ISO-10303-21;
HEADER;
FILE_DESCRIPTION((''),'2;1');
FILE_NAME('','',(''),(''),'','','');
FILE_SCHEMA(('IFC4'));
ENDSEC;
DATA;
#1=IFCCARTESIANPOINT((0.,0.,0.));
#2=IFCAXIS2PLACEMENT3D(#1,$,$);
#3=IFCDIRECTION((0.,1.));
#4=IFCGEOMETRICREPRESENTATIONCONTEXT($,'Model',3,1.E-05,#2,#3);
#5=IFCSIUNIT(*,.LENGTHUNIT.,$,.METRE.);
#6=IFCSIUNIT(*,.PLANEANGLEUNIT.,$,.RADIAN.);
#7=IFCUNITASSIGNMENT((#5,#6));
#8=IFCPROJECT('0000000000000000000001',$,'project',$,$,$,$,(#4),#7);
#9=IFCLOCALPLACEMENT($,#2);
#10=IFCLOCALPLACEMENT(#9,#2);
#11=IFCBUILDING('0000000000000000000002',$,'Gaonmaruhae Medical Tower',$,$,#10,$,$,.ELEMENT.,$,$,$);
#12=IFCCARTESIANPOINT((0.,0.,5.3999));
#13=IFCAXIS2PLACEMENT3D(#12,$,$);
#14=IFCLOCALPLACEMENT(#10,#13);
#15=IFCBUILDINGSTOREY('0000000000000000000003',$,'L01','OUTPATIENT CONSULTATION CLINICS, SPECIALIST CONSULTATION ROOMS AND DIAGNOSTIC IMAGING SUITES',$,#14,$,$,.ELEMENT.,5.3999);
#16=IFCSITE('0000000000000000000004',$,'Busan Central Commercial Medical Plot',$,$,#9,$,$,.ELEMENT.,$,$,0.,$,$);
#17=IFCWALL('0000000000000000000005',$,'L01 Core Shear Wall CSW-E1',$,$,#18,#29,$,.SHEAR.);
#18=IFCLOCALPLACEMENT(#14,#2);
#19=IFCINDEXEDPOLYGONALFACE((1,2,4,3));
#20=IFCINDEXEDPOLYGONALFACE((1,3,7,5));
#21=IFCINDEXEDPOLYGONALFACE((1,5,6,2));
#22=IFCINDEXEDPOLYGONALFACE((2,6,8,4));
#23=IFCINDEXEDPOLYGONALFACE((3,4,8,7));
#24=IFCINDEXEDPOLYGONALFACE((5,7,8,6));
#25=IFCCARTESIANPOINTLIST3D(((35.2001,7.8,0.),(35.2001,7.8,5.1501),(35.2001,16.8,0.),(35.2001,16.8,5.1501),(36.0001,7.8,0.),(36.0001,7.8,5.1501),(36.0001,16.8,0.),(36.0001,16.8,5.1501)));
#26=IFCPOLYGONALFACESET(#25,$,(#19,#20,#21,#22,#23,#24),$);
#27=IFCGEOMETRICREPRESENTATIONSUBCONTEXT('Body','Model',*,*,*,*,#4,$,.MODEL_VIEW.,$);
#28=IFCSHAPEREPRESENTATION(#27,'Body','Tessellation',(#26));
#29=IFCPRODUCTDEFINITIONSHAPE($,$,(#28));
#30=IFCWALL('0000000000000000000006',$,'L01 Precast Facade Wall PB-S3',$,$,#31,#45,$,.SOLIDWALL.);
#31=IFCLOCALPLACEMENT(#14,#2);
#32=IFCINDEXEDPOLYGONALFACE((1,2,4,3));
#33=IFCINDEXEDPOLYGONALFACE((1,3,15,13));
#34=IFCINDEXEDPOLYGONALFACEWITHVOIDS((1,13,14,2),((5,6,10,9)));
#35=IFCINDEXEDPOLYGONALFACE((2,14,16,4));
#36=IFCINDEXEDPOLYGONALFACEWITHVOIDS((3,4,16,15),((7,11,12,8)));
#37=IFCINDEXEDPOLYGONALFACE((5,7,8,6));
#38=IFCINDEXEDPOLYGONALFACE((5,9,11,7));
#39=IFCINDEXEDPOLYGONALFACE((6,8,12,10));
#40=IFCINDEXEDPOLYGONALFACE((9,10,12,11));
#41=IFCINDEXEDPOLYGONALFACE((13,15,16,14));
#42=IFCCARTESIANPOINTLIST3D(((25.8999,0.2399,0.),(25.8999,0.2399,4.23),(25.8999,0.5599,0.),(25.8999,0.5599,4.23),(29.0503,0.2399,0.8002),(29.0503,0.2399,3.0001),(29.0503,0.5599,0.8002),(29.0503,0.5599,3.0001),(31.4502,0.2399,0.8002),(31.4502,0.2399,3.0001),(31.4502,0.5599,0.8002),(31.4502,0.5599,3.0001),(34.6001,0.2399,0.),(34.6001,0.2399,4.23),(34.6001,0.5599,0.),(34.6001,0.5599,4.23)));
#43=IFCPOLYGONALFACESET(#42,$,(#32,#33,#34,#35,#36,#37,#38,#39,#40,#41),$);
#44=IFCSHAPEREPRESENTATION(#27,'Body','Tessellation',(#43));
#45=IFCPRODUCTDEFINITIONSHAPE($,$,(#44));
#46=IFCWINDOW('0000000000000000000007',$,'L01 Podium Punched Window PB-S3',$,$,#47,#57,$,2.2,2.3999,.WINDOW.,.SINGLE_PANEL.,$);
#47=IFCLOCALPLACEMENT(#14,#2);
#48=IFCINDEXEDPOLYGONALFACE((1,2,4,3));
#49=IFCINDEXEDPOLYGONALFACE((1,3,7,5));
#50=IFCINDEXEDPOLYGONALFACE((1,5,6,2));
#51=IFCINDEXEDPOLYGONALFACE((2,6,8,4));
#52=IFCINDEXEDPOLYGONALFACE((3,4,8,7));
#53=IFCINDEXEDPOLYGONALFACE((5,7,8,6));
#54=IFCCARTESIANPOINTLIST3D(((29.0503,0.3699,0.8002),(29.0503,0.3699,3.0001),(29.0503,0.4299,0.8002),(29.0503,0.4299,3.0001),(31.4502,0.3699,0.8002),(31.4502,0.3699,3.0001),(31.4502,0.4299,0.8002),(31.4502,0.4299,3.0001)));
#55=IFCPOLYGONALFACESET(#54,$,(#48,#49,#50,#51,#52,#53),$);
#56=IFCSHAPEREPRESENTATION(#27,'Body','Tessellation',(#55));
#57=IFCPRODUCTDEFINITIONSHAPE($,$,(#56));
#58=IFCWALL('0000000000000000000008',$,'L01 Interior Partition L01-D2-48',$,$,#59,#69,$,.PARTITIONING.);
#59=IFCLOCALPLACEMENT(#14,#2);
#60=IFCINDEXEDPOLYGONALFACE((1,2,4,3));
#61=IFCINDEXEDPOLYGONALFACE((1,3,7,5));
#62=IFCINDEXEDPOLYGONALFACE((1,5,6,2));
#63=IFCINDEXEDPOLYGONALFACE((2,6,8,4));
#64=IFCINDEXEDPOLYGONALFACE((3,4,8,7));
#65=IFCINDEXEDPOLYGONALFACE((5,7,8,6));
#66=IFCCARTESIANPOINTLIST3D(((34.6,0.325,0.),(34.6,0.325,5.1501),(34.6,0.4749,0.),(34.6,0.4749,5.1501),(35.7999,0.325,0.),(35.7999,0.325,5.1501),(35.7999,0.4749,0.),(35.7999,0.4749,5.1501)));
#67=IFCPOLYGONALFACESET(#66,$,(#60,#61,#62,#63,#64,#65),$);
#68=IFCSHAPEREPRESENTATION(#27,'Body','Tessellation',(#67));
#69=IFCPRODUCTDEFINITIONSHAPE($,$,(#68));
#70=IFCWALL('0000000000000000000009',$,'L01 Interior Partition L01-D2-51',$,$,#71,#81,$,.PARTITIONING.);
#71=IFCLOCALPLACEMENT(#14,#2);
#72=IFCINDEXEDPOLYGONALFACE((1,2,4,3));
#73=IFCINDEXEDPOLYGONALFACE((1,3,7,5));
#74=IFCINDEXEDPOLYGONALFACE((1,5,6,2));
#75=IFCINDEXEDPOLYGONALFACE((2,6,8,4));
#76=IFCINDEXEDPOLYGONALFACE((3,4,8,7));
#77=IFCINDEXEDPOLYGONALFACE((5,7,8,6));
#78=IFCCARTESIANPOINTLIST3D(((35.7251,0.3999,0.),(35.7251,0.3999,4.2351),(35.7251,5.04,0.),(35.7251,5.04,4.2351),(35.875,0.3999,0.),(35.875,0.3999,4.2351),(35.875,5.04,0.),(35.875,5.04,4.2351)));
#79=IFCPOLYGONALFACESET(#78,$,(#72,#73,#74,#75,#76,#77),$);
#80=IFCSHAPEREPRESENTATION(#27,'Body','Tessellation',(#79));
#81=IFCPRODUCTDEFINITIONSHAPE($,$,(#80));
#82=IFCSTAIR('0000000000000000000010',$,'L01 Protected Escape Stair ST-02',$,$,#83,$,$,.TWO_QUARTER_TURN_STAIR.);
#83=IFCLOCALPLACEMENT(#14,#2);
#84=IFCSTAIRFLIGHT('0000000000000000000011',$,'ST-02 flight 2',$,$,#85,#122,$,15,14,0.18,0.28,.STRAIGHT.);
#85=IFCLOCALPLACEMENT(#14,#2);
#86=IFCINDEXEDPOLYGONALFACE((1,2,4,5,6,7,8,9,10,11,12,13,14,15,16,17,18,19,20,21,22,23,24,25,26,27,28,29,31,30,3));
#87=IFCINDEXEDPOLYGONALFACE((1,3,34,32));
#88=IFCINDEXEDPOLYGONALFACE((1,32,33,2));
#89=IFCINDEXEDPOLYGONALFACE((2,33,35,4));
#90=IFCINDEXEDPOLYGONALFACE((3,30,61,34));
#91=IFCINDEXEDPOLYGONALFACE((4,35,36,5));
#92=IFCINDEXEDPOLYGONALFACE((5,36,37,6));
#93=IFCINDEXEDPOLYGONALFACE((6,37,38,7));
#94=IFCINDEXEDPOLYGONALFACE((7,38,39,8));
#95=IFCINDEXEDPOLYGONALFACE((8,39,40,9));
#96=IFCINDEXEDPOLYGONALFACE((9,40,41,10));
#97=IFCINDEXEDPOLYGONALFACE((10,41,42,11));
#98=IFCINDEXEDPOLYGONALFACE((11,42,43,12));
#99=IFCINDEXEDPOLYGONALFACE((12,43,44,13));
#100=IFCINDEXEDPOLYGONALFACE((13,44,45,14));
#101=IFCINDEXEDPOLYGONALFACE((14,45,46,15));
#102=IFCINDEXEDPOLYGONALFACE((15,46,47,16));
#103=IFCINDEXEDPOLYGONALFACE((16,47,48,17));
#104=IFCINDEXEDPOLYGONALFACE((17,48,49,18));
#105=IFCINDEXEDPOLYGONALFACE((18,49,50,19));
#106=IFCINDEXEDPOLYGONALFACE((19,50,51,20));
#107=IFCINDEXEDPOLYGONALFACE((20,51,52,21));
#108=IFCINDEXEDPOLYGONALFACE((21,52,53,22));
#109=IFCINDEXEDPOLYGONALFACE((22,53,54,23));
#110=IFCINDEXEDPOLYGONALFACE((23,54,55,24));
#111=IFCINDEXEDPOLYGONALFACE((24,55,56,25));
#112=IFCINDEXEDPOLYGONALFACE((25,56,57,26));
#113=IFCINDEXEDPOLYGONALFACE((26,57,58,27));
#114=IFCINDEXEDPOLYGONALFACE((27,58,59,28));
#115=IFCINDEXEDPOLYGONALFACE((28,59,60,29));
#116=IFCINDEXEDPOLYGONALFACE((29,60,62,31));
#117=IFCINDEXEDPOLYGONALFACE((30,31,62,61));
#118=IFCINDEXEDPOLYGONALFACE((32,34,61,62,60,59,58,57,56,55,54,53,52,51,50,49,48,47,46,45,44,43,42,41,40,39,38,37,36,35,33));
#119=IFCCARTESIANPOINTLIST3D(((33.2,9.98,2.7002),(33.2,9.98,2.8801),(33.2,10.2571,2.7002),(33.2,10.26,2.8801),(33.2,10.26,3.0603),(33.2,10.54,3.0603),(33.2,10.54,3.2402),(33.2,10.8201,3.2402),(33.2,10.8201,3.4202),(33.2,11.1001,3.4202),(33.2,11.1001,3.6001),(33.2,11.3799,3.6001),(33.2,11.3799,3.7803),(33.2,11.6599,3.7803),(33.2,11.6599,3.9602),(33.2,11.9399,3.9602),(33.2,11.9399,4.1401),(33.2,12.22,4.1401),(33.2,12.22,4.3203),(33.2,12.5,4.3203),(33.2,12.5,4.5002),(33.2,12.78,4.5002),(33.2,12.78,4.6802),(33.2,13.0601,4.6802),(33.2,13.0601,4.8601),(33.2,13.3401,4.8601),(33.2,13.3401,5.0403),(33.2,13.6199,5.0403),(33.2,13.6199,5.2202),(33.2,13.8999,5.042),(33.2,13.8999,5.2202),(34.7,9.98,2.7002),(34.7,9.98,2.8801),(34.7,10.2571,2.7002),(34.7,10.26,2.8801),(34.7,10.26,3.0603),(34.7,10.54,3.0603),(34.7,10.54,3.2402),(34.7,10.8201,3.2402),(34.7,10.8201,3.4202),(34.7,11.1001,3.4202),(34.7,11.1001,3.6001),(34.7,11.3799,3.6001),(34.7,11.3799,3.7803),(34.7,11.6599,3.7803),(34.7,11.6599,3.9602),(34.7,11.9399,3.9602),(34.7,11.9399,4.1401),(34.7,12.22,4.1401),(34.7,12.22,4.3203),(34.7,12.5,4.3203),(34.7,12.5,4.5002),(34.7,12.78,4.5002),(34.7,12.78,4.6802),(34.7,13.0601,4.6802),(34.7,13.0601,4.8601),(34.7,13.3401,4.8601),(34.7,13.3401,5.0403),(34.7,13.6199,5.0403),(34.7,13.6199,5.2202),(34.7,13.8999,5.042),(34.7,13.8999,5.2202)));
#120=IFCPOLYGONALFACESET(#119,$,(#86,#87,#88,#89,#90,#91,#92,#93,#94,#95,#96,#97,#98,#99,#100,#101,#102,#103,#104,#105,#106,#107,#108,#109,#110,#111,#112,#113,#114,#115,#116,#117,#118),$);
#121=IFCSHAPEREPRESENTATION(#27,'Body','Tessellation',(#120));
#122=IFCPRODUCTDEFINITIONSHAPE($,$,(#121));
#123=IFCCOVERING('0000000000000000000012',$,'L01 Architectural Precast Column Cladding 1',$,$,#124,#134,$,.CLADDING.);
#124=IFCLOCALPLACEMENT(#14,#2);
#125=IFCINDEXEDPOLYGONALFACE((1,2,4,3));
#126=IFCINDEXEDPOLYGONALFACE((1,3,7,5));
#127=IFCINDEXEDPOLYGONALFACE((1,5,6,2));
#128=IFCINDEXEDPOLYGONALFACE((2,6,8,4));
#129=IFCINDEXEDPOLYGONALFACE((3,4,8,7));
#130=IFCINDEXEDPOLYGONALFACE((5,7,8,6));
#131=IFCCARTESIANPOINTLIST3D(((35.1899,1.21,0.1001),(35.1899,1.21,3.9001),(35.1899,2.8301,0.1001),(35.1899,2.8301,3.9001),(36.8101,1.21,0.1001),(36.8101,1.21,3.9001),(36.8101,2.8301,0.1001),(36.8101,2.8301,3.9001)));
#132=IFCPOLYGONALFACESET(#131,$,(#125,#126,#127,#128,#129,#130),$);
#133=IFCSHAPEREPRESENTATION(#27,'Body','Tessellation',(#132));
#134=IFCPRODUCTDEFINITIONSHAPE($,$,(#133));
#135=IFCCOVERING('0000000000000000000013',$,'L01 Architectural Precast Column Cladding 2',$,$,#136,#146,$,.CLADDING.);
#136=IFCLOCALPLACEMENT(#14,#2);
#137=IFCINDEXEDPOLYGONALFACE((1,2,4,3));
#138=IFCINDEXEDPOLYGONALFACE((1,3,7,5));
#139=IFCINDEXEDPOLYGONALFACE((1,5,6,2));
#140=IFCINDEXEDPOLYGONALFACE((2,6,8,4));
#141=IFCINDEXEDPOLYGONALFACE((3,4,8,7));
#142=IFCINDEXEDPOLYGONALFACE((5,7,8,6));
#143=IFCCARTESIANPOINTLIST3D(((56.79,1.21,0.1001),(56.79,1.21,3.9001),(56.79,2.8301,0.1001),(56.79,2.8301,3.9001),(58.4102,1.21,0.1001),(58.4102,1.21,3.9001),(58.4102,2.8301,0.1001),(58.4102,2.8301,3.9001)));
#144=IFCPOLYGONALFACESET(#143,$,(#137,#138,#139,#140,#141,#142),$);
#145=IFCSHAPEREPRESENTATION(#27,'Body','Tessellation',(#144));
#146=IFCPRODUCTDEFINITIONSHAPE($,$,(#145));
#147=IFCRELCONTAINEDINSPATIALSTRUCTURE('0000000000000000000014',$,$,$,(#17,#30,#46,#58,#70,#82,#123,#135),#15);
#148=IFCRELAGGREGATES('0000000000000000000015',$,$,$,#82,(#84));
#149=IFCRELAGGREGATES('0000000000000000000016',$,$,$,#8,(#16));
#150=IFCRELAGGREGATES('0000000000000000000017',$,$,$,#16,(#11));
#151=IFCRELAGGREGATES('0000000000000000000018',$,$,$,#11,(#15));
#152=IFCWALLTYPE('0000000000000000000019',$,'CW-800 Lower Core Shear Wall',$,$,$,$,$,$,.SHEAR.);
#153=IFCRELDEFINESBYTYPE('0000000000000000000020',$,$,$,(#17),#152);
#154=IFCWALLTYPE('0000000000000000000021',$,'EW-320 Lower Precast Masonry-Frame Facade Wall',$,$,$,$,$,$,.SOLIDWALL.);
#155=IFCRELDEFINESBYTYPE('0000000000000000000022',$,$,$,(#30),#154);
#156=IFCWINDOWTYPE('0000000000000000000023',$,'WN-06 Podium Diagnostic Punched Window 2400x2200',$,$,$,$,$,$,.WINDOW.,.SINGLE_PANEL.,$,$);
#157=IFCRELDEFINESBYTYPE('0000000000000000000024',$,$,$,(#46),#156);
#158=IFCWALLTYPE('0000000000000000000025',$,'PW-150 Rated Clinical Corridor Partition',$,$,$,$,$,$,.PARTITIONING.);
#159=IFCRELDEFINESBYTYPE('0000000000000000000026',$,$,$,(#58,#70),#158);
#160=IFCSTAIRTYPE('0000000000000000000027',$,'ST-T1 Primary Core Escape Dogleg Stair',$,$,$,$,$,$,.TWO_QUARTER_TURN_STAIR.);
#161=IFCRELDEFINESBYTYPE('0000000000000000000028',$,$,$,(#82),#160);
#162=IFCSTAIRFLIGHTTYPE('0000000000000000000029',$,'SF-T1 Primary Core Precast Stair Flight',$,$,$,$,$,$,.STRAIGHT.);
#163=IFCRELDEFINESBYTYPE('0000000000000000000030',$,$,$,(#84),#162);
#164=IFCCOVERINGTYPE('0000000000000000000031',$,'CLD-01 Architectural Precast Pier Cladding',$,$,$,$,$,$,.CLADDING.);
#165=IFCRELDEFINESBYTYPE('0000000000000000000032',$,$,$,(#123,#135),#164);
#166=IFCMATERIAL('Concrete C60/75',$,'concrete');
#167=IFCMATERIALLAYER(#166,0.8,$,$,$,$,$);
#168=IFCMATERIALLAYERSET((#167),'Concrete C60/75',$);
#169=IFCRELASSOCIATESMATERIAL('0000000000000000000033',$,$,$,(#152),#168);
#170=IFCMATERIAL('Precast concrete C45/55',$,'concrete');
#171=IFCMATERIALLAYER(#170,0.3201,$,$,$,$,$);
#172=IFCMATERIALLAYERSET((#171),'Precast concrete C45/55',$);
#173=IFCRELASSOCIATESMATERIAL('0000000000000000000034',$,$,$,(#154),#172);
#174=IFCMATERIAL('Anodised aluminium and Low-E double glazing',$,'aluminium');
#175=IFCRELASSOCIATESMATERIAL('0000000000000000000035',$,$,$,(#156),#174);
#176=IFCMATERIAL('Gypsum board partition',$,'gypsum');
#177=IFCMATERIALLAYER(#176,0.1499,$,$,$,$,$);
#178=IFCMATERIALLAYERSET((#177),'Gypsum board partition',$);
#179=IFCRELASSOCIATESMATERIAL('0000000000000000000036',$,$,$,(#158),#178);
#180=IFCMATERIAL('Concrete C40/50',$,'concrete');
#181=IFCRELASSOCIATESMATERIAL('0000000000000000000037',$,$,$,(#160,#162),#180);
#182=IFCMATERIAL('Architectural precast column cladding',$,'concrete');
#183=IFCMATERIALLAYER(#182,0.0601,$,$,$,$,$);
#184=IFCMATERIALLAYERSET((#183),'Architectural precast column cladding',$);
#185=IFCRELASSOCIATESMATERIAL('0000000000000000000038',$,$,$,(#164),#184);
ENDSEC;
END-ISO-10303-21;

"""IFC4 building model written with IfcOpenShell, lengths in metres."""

from ifc_helpers import new_model, si_unit, direction, frame, frame_2d, origin, origin_2d, place, context, subcontext, project, spatial, polyline, rectangle, outline, extrude, material, layer, layer_set, type_object, element, fill, aggregate, save


model = new_model("IFC4")

# Units and contexts
model_context = context("Model", 3, precision=1e-05, world=origin(), true_north=direction((0.0, 1.0)))
body_context = subcontext(model_context, "Body", "Model", "MODEL_VIEW")
ifc_project = project(units=[si_unit("LENGTHUNIT", "METRE"), si_unit("PLANEANGLEUNIT", "RADIAN")], contexts=[model_context])

# Site, building, storey
site_placement = place(None, origin())
site = spatial("IfcSite", under=ifc_project, at=site_placement, Name="Busan Central Commercial Medical Plot", CompositionType="ELEMENT", RefElevation=0.0)
building_placement = place(site_placement, origin())
building = spatial("IfcBuilding", under=site, at=building_placement, Name="Gaonmaruhae Medical Tower", CompositionType="ELEMENT")
storey_placement = place(building_placement, frame((0.0, 0.0, 5.3999)))
storey = spatial("IfcBuildingStorey", under=building, at=storey_placement, Name="L01", Description="OUTPATIENT CONSULTATION CLINICS, SPECIALIST CONSULTATION ROOMS AND DIAGNOSTIC IMAGING SUITES", CompositionType="ELEMENT", Elevation=5.3999)

# Shared definitions
ifc_material_1 = material(Name="Concrete C60/75", Category="concrete")

# Shared definitions
ifc_material_2 = material(Name="Anodised aluminium and Low-E double glazing", Category="aluminium")

# Wall
ifc_layer_1 = layer(ifc_material_1, 0.8)
ifc_layer_set_1 = layer_set([ifc_layer_1], Name="Concrete C60/75")
wall_type_1 = type_object("IfcWallType", Name="CW-800 Lower Core Shear Wall", PredefinedType="SHEAR", material=ifc_layer_set_1)
wall_1_placement = place(storey_placement, frame((35.6001, 7.8, 0.0), z_axis=(0.0, 0.0, 1.0), x_axis=(0.0, 1.0, 0.0)))
element("IfcWall", 1, at=wall_1_placement, inside=storey, type_object=wall_type_1, Name="L01 Core Shear Wall CSW-E1", PredefinedType="SHEAR", context=body_context, shape_type="SweptSolid", body=[
    extrude(rectangle(XDim=9.0, YDim=0.8, at=frame_2d((4.5, 0.0))), origin(), (0.0, 0.0, 1.0), 5.1501),
])

# Wall, opening, window
ifc_material_3 = material(Name="Precast concrete C45/55", Category="concrete")
ifc_layer_2 = layer(ifc_material_3, 0.3201)
ifc_layer_set_2 = layer_set([ifc_layer_2], Name="Precast concrete C45/55")
wall_type_2 = type_object("IfcWallType", Name="EW-320 Lower Precast Masonry-Frame Facade Wall", PredefinedType="SOLIDWALL", material=ifc_layer_set_2)
wall_2_placement = place(storey_placement, frame((34.6001, 0.3999, 0.0), z_axis=(0.0, 0.0, 1.0), x_axis=(-1.0, 0.0, 0.0)))
wall_2 = element("IfcWall", 2, at=wall_2_placement, inside=storey, type_object=wall_type_2, Name="L01 Precast Facade Wall PB-S3", PredefinedType="SOLIDWALL", context=body_context, shape_type="SweptSolid", body=[
    extrude(rectangle(XDim=8.7002, YDim=0.3201, at=frame_2d((4.3501, 0.0))), origin(), (0.0, 0.0, 1.0), 4.23),
])
opening_placement = place(wall_2_placement, frame((3.1499, 0.0, 0.8)))
opening = element("IfcOpeningElement", 3, at=opening_placement, cuts=wall_2, PredefinedType="OPENING", context=body_context, shape_type="SweptSolid", body=[
    extrude(rectangle(XDim=2.3999, YDim=2.2, at=frame_2d((1.2, 1.1001))), frame((0.0, 0.1699, 0.0), z_axis=(0.0, -1.0, 0.0), x_axis=(1.0, 0.0, 0.0)), (0.0, 0.0, 1.0), 0.3401),
])
window_type = type_object("IfcWindowType", Name="WN-06 Podium Diagnostic Punched Window 2400x2200", PartitioningType="SINGLE_PANEL", PredefinedType="WINDOW", material=ifc_material_2)
window_placement = place(opening_placement, origin())
window = element("IfcWindow", 4, at=window_placement, inside=storey, type_object=window_type, Name="L01 Podium Punched Window PB-S3", OverallHeight=2.2, OverallWidth=2.3999, PartitioningType="SINGLE_PANEL", PredefinedType="WINDOW", context=body_context, shape_type="SweptSolid", body=[
    extrude(rectangle(XDim=2.3999, YDim=2.2, at=frame_2d((1.2, 1.1001))), frame((0.0, 0.03, 0.0), z_axis=(0.0, -1.0, 0.0), x_axis=(1.0, 0.0, 0.0)), (0.0, 0.0, 1.0), 0.0601),
])
fill(opening, window)

# Walls
ifc_material_4 = material(Name="Gypsum board partition", Category="gypsum")
ifc_layer_3 = layer(ifc_material_4, 0.1499)
ifc_layer_set_3 = layer_set([ifc_layer_3], Name="Gypsum board partition")
wall_type_3 = type_object("IfcWallType", Name="PW-150 Rated Clinical Corridor Partition", PredefinedType="PARTITIONING", material=ifc_layer_set_3)
wall_3_placement = place(storey_placement, frame((35.8, 0.3999, 0.0), z_axis=(0.0, 0.0, 1.0), x_axis=(-1.0, 0.0, 0.0)))
element("IfcWall", 5, at=wall_3_placement, inside=storey, type_object=wall_type_3, Name="L01 Interior Partition L01-D2-48", PredefinedType="PARTITIONING", context=body_context, shape_type="SweptSolid", body=[
    extrude(rectangle(XDim=1.2, YDim=0.1499, at=frame_2d((0.6001, 0.0))), origin(), (0.0, 0.0, 1.0), 5.1501),
])
wall_4_placement = place(storey_placement, frame((35.8, 5.04, 0.0), z_axis=(0.0, 0.0, 1.0), x_axis=(0.0, -1.0, 0.0)))
element("IfcWall", 6, at=wall_4_placement, inside=storey, type_object=wall_type_3, Name="L01 Interior Partition L01-D2-51", PredefinedType="PARTITIONING", context=body_context, shape_type="SweptSolid", body=[
    extrude(rectangle(XDim=4.6401, YDim=0.1499, at=frame_2d((2.3201, 0.0))), origin(), (0.0, 0.0, 1.0), 4.2351),
])

# Stair, stair flight
ifc_material_5 = material(Name="Concrete C40/50", Category="concrete")
stair_type = type_object("IfcStairType", Name="ST-T1 Primary Core Escape Dogleg Stair", PredefinedType="TWO_QUARTER_TURN_STAIR", material=ifc_material_5)
stair_placement = place(storey_placement, origin())
stair = element("IfcStair", 7, at=stair_placement, inside=storey, type_object=stair_type, Name="L01 Protected Escape Stair ST-02", PredefinedType="TWO_QUARTER_TURN_STAIR")
stair_flight_type = type_object("IfcStairFlightType", Name="SF-T1 Primary Core Precast Stair Flight", PredefinedType="STRAIGHT", material=ifc_material_5)
stair_flight_placement = place(storey_placement, frame((33.95, 9.98, 2.7002), z_axis=(0.0, 0.0, 1.0), x_axis=(0.0, 1.0, 0.0)))
stair_flight = element("IfcStairFlight", 8, at=stair_flight_placement, type_object=stair_flight_type, Name="ST-02 flight 2", NumberOfRisers=15, NumberOfTreads=14, PredefinedType="STRAIGHT", RiserHeight=0.18, TreadLength=0.28, context=body_context, shape_type="SweptSolid", body=[
    extrude(outline(polyline([(0.0, 0.0), (0.0, 0.1799), (0.28, 0.1799), (0.28, 0.3601), (0.5601, 0.3601), (0.5601, 0.54), (0.8401, 0.54), (0.8401, 0.72), (1.1201, 0.72), (1.1201, 0.8999), (1.3999, 0.8999), (1.3999, 1.0801), (1.6799, 1.0801), (1.6799, 1.26), (1.96, 1.26), (1.96, 1.4399), (2.24, 1.4399), (2.24, 1.6201), (2.52, 1.6201), (2.52, 1.8), (2.8, 1.8), (2.8, 1.98), (3.0801, 1.98), (3.0801, 2.1599), (3.3601, 2.1599), (3.3601, 2.3401), (3.6399, 2.3401), (3.6399, 2.52), (3.9199, 2.52), (3.9199, 2.7), (3.9199, 2.3418), (0.2771, 0.0), (0.0, 0.0)])), frame((0.0, 0.75, 0.0), z_axis=(0.0, -1.0, 0.0), x_axis=(1.0, 0.0, 0.0)), (0.0, 0.0, 1.0), 1.5),
])
aggregate(stair, [stair_flight])

# Coverings
ifc_material_6 = material(Name="Architectural precast column cladding", Category="concrete")
ifc_layer_4 = layer(ifc_material_6, 0.0601)
ifc_layer_set_4 = layer_set([ifc_layer_4], Name="Architectural precast column cladding")
covering_type = type_object("IfcCoveringType", Name="CLD-01 Architectural Precast Pier Cladding", PredefinedType="CLADDING", material=ifc_layer_set_4)
for number, where, z_axis, x_axis, name in (
    (9, (36.0, 2.02, 0.1001), (0.0, 0.0, 1.0), (1.0, 0.0, 0.0), "L01 Architectural Precast Column Cladding 1"),
    (10, (57.6001, 2.02, 0.1001), (0.0, 0.0, 1.0), (1.0, 0.0, 0.0), "L01 Architectural Precast Column Cladding 2"),
):
    element("IfcCovering", number, at=place(storey_placement, frame(where, z_axis=z_axis, x_axis=x_axis)), inside=storey, type_object=covering_type, Name=name, PredefinedType="CLADDING", context=body_context, shape_type="SweptSolid", body=[
        extrude(rectangle(XDim=1.6201, YDim=1.6201, at=origin_2d()), origin(), (0.0, 0.0, 1.0), 3.8),
    ])

save(model, "model.ifc")
